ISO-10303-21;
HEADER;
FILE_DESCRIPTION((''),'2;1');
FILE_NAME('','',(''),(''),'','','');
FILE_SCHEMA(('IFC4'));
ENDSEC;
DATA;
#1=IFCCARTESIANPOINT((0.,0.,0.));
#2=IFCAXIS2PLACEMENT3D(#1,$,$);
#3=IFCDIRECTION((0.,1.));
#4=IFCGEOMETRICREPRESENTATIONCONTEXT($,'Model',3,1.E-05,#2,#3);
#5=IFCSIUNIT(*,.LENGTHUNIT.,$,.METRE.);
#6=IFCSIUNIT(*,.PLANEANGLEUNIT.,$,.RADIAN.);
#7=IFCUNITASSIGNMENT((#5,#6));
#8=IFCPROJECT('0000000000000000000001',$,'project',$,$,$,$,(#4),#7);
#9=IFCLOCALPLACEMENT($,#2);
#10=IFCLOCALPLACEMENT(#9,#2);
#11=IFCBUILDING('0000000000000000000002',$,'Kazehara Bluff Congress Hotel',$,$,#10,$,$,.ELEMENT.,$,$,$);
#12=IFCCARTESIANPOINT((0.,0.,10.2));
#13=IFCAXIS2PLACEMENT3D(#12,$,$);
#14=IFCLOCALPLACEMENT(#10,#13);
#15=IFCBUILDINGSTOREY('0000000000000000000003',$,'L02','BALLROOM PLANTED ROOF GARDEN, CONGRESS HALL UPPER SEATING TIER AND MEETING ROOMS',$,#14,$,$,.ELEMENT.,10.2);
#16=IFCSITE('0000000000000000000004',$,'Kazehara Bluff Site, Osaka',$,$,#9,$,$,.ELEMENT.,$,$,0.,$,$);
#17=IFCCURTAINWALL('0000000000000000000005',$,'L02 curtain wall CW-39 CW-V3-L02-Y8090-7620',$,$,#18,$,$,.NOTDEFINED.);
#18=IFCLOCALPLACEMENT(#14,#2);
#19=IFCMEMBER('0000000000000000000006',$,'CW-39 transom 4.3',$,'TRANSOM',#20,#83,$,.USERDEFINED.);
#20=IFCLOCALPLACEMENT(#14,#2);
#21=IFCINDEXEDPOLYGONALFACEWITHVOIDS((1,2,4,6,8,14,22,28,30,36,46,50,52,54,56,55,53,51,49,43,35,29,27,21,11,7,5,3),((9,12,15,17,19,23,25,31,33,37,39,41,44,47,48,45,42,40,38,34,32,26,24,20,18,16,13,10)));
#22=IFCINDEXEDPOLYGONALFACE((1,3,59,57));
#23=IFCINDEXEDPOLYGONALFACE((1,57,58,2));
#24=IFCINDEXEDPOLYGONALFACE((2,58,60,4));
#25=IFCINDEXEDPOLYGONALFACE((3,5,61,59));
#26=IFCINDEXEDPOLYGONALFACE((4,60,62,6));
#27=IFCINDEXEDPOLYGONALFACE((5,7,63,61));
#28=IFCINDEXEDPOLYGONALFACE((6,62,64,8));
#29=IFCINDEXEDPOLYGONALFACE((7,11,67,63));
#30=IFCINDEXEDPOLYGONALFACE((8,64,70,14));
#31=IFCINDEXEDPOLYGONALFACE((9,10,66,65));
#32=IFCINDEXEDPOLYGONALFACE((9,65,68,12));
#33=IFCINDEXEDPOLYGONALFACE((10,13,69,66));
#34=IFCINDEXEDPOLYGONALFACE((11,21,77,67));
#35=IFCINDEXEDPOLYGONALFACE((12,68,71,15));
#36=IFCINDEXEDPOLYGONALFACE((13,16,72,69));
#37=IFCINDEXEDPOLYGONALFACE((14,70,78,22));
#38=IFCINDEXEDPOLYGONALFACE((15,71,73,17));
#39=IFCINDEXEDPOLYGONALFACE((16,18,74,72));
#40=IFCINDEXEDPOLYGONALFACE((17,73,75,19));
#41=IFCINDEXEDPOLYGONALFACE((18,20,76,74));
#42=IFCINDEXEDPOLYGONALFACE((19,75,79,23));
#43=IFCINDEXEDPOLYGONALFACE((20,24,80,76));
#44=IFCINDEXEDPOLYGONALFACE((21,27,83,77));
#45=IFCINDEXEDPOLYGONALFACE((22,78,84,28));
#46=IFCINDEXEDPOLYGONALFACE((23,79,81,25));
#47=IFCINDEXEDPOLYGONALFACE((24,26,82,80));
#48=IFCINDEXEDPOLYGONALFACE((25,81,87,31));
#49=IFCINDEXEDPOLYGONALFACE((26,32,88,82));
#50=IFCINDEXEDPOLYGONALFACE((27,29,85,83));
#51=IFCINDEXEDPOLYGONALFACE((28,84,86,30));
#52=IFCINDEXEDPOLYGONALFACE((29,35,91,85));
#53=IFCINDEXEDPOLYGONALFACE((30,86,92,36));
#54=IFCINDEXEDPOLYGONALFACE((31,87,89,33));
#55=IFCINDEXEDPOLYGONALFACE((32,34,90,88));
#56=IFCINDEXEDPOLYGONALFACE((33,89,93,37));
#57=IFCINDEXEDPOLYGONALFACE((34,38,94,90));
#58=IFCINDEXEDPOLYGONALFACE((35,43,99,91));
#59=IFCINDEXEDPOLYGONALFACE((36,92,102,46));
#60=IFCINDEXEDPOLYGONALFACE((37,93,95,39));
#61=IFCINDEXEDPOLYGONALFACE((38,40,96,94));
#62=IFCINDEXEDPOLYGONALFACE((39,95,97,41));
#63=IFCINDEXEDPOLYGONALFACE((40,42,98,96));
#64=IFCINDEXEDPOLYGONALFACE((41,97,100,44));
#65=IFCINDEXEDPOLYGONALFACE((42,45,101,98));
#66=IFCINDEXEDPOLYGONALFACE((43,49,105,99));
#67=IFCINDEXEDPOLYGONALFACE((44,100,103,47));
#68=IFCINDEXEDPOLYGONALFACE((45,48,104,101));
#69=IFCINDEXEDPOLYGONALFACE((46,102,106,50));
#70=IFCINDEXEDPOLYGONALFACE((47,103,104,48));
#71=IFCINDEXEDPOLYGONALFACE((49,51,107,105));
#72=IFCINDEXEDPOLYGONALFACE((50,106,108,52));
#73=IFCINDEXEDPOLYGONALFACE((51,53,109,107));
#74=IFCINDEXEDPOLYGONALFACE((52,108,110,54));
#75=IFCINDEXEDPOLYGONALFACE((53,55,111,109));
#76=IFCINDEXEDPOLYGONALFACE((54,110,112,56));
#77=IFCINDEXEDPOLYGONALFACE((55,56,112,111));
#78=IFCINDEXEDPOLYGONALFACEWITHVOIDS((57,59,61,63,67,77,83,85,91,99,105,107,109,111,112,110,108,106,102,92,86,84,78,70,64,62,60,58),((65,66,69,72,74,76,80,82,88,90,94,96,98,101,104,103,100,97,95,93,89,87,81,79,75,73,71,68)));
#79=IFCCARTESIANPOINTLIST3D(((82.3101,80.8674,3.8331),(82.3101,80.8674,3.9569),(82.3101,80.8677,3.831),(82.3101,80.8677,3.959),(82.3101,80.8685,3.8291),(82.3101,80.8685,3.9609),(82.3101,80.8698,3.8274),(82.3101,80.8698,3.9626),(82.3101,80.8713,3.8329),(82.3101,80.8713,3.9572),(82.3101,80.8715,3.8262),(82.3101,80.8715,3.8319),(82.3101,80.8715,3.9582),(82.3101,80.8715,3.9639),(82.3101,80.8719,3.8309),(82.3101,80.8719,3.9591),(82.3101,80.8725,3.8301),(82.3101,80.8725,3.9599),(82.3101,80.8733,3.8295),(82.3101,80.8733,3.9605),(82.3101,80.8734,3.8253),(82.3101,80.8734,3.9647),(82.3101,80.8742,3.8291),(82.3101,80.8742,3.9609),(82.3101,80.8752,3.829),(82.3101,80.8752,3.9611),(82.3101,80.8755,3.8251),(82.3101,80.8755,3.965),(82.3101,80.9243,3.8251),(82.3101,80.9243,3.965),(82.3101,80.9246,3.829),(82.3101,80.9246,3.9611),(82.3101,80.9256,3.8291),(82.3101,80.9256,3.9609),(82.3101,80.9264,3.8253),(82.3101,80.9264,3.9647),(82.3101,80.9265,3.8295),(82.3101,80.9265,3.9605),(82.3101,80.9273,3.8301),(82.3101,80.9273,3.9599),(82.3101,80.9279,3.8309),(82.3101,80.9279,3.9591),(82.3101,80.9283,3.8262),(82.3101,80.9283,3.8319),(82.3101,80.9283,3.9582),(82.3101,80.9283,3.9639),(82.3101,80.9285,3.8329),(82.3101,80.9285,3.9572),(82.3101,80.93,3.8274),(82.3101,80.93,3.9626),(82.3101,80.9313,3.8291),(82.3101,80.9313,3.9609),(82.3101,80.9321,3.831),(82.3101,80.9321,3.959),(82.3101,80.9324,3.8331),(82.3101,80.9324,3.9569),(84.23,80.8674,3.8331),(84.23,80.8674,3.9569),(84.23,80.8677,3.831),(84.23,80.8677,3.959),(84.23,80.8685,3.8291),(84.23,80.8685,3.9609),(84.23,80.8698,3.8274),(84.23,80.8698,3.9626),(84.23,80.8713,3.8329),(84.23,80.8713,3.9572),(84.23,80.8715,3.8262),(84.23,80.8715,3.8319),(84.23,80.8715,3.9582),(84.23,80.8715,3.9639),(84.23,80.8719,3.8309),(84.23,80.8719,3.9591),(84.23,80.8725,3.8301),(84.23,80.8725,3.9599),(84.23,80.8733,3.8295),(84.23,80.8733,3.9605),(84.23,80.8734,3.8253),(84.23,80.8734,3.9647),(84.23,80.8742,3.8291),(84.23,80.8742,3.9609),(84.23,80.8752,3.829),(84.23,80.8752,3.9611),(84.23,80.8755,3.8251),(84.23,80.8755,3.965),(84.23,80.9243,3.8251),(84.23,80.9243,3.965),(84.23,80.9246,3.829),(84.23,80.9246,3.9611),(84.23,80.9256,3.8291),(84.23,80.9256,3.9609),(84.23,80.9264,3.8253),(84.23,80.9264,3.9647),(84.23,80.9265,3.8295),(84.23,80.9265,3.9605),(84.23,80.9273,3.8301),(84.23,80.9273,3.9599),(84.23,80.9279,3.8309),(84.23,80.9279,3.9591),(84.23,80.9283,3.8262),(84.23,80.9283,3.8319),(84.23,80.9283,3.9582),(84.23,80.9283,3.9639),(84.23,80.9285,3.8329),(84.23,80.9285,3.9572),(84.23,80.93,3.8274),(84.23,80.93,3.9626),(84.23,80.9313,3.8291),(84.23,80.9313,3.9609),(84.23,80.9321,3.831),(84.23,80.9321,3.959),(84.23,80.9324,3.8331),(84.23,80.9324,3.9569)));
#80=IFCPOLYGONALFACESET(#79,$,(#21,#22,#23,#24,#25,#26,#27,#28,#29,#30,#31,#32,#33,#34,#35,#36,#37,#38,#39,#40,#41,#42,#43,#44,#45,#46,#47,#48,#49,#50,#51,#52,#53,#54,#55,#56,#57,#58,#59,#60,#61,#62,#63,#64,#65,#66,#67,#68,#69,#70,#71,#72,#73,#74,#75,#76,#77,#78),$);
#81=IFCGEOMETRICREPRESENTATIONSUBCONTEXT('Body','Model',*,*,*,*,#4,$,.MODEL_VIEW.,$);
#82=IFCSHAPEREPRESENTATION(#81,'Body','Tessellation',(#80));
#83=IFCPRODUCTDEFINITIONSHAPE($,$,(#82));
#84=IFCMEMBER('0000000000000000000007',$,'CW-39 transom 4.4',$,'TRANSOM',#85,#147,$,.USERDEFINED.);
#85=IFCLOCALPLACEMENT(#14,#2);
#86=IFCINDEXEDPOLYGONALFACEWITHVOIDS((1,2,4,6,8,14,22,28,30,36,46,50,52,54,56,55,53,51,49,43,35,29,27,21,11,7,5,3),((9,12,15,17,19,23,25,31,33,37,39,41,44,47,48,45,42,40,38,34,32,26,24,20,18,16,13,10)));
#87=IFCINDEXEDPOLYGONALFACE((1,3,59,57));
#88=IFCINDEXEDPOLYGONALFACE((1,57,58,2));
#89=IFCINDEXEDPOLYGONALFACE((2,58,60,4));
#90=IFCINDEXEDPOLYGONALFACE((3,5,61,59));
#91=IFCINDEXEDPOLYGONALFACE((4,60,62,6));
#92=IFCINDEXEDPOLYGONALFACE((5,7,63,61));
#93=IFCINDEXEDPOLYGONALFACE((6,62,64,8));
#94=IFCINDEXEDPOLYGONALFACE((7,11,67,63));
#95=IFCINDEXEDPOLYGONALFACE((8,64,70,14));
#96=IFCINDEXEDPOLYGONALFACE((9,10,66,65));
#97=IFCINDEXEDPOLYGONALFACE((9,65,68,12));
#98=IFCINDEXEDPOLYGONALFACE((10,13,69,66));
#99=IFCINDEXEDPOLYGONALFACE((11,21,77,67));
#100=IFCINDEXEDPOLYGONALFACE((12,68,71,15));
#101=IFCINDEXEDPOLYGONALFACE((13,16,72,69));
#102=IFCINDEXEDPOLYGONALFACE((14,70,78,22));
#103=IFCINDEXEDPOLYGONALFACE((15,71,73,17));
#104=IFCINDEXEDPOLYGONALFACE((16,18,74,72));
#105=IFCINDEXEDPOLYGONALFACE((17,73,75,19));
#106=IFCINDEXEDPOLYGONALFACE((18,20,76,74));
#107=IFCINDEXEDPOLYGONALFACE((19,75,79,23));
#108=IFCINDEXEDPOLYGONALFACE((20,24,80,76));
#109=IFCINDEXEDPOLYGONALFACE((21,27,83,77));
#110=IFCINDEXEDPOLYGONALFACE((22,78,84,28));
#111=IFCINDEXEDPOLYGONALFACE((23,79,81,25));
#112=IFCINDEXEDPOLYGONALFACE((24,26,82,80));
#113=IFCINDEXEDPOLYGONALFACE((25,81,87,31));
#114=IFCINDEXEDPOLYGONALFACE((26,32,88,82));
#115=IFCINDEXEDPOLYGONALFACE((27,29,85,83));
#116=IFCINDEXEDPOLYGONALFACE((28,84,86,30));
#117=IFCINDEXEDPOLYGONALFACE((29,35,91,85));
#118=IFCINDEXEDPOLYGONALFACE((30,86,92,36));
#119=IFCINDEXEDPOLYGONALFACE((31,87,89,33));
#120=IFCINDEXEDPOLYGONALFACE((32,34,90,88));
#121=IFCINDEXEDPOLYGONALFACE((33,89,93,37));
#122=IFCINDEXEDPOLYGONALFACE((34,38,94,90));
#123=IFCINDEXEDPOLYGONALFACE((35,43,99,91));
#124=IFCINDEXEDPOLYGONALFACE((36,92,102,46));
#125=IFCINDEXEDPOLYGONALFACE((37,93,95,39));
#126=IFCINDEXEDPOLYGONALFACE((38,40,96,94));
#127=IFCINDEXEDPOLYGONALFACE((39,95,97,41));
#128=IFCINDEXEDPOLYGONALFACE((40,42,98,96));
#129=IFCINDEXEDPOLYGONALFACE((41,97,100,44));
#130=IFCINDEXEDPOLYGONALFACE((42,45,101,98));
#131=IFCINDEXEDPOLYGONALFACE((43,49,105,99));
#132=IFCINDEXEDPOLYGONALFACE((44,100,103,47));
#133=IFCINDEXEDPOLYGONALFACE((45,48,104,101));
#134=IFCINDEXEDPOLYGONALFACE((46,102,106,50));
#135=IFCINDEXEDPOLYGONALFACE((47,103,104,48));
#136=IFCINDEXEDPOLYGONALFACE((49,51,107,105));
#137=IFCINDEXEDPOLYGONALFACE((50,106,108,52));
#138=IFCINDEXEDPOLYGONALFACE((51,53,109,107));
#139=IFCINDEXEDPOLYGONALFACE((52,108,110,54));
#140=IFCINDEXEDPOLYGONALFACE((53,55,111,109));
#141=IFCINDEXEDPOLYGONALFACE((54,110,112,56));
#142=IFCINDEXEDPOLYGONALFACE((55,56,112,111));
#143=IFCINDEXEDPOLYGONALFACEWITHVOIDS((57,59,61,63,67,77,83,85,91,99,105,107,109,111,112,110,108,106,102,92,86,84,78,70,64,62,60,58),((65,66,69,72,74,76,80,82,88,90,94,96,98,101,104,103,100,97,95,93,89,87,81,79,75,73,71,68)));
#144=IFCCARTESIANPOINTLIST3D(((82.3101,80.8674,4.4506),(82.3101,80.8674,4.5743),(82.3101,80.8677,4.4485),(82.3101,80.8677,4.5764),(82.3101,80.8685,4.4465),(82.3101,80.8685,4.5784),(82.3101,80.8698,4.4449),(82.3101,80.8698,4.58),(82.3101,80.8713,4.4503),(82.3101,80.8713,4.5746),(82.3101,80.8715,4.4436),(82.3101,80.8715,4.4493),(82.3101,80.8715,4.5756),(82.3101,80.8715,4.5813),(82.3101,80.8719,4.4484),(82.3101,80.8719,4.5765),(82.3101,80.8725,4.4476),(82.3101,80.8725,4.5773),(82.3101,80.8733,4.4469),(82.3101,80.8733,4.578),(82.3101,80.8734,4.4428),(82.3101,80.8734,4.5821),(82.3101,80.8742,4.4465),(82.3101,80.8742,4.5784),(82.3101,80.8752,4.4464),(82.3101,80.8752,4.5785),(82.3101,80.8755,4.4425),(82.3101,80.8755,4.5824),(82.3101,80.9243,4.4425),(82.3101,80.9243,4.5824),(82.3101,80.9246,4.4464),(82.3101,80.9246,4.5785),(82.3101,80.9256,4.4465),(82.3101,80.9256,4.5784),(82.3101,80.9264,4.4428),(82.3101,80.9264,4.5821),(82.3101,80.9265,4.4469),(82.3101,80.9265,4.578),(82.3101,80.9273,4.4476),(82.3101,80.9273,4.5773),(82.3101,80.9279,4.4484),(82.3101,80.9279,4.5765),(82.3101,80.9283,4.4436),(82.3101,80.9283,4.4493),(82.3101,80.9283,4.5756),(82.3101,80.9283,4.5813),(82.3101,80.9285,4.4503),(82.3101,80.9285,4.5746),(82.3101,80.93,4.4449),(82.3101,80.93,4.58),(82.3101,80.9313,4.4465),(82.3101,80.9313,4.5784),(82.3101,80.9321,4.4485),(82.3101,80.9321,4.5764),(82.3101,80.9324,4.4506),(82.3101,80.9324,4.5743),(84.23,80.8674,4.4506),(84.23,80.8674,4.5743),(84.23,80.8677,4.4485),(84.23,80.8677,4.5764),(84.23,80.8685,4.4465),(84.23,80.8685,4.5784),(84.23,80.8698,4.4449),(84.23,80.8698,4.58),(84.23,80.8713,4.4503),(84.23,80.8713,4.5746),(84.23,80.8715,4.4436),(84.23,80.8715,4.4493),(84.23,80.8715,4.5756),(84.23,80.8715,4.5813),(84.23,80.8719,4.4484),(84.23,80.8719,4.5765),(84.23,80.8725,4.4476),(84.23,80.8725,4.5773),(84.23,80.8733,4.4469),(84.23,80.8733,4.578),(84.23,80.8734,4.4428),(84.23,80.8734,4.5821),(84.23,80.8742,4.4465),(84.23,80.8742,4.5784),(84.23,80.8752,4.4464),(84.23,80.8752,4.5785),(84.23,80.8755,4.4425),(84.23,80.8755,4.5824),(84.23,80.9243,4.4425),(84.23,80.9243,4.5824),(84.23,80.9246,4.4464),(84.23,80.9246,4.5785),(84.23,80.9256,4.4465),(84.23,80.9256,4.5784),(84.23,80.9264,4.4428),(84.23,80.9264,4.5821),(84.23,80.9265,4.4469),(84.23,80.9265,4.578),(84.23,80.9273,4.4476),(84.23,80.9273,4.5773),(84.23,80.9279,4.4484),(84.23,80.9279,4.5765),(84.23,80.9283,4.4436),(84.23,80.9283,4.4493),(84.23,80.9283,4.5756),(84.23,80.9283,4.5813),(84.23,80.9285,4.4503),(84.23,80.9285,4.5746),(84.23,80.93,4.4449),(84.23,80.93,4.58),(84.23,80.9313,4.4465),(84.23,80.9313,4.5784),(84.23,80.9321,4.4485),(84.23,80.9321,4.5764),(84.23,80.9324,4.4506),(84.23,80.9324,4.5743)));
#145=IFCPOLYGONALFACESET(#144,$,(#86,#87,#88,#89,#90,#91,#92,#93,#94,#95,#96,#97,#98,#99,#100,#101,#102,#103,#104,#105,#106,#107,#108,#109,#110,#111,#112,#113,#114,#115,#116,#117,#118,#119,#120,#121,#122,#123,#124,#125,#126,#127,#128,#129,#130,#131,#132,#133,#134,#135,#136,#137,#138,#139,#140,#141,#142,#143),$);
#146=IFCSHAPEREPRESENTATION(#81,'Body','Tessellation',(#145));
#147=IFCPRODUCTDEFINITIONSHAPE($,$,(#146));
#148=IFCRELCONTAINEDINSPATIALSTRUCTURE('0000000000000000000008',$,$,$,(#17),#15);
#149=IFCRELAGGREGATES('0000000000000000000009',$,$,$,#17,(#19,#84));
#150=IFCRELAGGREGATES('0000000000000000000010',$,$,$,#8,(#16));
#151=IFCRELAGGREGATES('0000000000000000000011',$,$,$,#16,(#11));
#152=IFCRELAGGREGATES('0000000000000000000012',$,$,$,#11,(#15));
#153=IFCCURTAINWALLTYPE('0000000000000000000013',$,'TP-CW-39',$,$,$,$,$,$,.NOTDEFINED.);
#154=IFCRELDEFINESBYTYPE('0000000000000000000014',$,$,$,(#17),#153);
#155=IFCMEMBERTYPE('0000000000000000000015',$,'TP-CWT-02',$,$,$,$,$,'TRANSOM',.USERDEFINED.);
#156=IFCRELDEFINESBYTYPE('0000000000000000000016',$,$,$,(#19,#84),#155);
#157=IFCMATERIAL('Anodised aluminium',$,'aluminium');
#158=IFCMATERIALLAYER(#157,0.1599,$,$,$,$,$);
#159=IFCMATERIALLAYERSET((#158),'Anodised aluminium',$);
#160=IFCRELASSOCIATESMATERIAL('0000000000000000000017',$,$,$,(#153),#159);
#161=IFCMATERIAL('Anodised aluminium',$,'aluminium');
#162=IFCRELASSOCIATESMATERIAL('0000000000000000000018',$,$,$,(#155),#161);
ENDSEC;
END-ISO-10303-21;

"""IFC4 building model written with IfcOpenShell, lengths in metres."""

from ifc_helpers import new_model, si_unit, direction, frame, origin, origin_2d, place, context, subcontext, project, spatial, hollow_rectangle, extrude, material, layer, layer_set, material_profile, profile_set, type_object, element, aggregate, save


model = new_model("IFC4")

# Units and contexts
model_context = context("Model", 3, precision=1e-05, world=origin(), true_north=direction((0.0, 1.0)))
body_context = subcontext(model_context, "Body", "Model", "MODEL_VIEW")
ifc_project = project(units=[si_unit("LENGTHUNIT", "METRE"), si_unit("PLANEANGLEUNIT", "RADIAN")], contexts=[model_context])

# Site, building, storey
site_placement = place(None, origin())
site = spatial("IfcSite", under=ifc_project, at=site_placement, Name="Kazehara Bluff Site, Osaka", CompositionType="ELEMENT", RefElevation=0.0)
building_placement = place(site_placement, origin())
building = spatial("IfcBuilding", under=site, at=building_placement, Name="Kazehara Bluff Congress Hotel", CompositionType="ELEMENT")
storey_placement = place(building_placement, frame((0.0, 0.0, 10.2)))
storey = spatial("IfcBuildingStorey", under=building, at=storey_placement, Name="L02", Description="BALLROOM PLANTED ROOF GARDEN, CONGRESS HALL UPPER SEATING TIER AND MEETING ROOMS", CompositionType="ELEMENT", Elevation=10.2)

# Curtain wall
ifc_material_1 = material(Name="Anodised aluminium", Category="aluminium")
ifc_layer_1 = layer(ifc_material_1, 0.1599)
ifc_layer_set_1 = layer_set([ifc_layer_1], Name="Anodised aluminium")
curtain_wall_type = type_object("IfcCurtainWallType", Name="TP-CW-39", PredefinedType="NOTDEFINED", material=ifc_layer_set_1)
curtain_wall_1_placement = place(storey_placement, origin())
curtain_wall_1 = element("IfcCurtainWall", 1, at=curtain_wall_1_placement, inside=storey, type_object=curtain_wall_type, Name="L02 curtain wall CW-39 CW-V3-L02-Y8090-7620", PredefinedType="NOTDEFINED")

# Members
ifc_material_2 = material(Name="Anodised aluminium", Category="aluminium")
ifc_material_profile_1 = material_profile(ifc_material_2, hollow_rectangle(XDim=0.0649, YDim=0.1399, WallThickness=0.0039, InnerFilletRadius=0.0039, OuterFilletRadius=0.0081, at=origin_2d()))
ifc_profile_set_1 = profile_set([ifc_material_profile_1], Name="Anodised aluminium")
member_type_1 = type_object("IfcMemberType", Name="TP-CWT-02", ElementType="TRANSOM", PredefinedType="USERDEFINED", material=ifc_profile_set_1)
member_1_placement = place(storey_placement, frame((82.3101, 80.8999, 3.895), z_axis=(1.0, 0.0, 0.0), x_axis=(0.0, 1.0, 0.0)))
member_1 = element("IfcMember", 2, at=member_1_placement, type_object=member_type_1, Name="CW-39 transom 4.3", ObjectType="TRANSOM", PredefinedType="USERDEFINED", context=body_context, shape_type="SweptSolid", body=[
    extrude(hollow_rectangle(XDim=0.0649, YDim=0.1399, WallThickness=0.0039, InnerFilletRadius=0.0039, OuterFilletRadius=0.0081, at=origin_2d()), origin(), (0.0, 0.0, 1.0), 1.9199),
])
member_2_placement = place(storey_placement, frame((82.3101, 80.8999, 4.5125), z_axis=(1.0, 0.0, 0.0), x_axis=(0.0, 1.0, 0.0)))
member_2 = element("IfcMember", 3, at=member_2_placement, type_object=member_type_1, Name="CW-39 transom 4.4", ObjectType="TRANSOM", PredefinedType="USERDEFINED", context=body_context, shape_type="SweptSolid", body=[
    extrude(hollow_rectangle(XDim=0.0649, YDim=0.1399, WallThickness=0.0039, InnerFilletRadius=0.0039, OuterFilletRadius=0.0081, at=origin_2d()), origin(), (0.0, 0.0, 1.0), 1.9199),
])

aggregate(curtain_wall_1, [member_1, member_2])

save(model, "model.ifc")
